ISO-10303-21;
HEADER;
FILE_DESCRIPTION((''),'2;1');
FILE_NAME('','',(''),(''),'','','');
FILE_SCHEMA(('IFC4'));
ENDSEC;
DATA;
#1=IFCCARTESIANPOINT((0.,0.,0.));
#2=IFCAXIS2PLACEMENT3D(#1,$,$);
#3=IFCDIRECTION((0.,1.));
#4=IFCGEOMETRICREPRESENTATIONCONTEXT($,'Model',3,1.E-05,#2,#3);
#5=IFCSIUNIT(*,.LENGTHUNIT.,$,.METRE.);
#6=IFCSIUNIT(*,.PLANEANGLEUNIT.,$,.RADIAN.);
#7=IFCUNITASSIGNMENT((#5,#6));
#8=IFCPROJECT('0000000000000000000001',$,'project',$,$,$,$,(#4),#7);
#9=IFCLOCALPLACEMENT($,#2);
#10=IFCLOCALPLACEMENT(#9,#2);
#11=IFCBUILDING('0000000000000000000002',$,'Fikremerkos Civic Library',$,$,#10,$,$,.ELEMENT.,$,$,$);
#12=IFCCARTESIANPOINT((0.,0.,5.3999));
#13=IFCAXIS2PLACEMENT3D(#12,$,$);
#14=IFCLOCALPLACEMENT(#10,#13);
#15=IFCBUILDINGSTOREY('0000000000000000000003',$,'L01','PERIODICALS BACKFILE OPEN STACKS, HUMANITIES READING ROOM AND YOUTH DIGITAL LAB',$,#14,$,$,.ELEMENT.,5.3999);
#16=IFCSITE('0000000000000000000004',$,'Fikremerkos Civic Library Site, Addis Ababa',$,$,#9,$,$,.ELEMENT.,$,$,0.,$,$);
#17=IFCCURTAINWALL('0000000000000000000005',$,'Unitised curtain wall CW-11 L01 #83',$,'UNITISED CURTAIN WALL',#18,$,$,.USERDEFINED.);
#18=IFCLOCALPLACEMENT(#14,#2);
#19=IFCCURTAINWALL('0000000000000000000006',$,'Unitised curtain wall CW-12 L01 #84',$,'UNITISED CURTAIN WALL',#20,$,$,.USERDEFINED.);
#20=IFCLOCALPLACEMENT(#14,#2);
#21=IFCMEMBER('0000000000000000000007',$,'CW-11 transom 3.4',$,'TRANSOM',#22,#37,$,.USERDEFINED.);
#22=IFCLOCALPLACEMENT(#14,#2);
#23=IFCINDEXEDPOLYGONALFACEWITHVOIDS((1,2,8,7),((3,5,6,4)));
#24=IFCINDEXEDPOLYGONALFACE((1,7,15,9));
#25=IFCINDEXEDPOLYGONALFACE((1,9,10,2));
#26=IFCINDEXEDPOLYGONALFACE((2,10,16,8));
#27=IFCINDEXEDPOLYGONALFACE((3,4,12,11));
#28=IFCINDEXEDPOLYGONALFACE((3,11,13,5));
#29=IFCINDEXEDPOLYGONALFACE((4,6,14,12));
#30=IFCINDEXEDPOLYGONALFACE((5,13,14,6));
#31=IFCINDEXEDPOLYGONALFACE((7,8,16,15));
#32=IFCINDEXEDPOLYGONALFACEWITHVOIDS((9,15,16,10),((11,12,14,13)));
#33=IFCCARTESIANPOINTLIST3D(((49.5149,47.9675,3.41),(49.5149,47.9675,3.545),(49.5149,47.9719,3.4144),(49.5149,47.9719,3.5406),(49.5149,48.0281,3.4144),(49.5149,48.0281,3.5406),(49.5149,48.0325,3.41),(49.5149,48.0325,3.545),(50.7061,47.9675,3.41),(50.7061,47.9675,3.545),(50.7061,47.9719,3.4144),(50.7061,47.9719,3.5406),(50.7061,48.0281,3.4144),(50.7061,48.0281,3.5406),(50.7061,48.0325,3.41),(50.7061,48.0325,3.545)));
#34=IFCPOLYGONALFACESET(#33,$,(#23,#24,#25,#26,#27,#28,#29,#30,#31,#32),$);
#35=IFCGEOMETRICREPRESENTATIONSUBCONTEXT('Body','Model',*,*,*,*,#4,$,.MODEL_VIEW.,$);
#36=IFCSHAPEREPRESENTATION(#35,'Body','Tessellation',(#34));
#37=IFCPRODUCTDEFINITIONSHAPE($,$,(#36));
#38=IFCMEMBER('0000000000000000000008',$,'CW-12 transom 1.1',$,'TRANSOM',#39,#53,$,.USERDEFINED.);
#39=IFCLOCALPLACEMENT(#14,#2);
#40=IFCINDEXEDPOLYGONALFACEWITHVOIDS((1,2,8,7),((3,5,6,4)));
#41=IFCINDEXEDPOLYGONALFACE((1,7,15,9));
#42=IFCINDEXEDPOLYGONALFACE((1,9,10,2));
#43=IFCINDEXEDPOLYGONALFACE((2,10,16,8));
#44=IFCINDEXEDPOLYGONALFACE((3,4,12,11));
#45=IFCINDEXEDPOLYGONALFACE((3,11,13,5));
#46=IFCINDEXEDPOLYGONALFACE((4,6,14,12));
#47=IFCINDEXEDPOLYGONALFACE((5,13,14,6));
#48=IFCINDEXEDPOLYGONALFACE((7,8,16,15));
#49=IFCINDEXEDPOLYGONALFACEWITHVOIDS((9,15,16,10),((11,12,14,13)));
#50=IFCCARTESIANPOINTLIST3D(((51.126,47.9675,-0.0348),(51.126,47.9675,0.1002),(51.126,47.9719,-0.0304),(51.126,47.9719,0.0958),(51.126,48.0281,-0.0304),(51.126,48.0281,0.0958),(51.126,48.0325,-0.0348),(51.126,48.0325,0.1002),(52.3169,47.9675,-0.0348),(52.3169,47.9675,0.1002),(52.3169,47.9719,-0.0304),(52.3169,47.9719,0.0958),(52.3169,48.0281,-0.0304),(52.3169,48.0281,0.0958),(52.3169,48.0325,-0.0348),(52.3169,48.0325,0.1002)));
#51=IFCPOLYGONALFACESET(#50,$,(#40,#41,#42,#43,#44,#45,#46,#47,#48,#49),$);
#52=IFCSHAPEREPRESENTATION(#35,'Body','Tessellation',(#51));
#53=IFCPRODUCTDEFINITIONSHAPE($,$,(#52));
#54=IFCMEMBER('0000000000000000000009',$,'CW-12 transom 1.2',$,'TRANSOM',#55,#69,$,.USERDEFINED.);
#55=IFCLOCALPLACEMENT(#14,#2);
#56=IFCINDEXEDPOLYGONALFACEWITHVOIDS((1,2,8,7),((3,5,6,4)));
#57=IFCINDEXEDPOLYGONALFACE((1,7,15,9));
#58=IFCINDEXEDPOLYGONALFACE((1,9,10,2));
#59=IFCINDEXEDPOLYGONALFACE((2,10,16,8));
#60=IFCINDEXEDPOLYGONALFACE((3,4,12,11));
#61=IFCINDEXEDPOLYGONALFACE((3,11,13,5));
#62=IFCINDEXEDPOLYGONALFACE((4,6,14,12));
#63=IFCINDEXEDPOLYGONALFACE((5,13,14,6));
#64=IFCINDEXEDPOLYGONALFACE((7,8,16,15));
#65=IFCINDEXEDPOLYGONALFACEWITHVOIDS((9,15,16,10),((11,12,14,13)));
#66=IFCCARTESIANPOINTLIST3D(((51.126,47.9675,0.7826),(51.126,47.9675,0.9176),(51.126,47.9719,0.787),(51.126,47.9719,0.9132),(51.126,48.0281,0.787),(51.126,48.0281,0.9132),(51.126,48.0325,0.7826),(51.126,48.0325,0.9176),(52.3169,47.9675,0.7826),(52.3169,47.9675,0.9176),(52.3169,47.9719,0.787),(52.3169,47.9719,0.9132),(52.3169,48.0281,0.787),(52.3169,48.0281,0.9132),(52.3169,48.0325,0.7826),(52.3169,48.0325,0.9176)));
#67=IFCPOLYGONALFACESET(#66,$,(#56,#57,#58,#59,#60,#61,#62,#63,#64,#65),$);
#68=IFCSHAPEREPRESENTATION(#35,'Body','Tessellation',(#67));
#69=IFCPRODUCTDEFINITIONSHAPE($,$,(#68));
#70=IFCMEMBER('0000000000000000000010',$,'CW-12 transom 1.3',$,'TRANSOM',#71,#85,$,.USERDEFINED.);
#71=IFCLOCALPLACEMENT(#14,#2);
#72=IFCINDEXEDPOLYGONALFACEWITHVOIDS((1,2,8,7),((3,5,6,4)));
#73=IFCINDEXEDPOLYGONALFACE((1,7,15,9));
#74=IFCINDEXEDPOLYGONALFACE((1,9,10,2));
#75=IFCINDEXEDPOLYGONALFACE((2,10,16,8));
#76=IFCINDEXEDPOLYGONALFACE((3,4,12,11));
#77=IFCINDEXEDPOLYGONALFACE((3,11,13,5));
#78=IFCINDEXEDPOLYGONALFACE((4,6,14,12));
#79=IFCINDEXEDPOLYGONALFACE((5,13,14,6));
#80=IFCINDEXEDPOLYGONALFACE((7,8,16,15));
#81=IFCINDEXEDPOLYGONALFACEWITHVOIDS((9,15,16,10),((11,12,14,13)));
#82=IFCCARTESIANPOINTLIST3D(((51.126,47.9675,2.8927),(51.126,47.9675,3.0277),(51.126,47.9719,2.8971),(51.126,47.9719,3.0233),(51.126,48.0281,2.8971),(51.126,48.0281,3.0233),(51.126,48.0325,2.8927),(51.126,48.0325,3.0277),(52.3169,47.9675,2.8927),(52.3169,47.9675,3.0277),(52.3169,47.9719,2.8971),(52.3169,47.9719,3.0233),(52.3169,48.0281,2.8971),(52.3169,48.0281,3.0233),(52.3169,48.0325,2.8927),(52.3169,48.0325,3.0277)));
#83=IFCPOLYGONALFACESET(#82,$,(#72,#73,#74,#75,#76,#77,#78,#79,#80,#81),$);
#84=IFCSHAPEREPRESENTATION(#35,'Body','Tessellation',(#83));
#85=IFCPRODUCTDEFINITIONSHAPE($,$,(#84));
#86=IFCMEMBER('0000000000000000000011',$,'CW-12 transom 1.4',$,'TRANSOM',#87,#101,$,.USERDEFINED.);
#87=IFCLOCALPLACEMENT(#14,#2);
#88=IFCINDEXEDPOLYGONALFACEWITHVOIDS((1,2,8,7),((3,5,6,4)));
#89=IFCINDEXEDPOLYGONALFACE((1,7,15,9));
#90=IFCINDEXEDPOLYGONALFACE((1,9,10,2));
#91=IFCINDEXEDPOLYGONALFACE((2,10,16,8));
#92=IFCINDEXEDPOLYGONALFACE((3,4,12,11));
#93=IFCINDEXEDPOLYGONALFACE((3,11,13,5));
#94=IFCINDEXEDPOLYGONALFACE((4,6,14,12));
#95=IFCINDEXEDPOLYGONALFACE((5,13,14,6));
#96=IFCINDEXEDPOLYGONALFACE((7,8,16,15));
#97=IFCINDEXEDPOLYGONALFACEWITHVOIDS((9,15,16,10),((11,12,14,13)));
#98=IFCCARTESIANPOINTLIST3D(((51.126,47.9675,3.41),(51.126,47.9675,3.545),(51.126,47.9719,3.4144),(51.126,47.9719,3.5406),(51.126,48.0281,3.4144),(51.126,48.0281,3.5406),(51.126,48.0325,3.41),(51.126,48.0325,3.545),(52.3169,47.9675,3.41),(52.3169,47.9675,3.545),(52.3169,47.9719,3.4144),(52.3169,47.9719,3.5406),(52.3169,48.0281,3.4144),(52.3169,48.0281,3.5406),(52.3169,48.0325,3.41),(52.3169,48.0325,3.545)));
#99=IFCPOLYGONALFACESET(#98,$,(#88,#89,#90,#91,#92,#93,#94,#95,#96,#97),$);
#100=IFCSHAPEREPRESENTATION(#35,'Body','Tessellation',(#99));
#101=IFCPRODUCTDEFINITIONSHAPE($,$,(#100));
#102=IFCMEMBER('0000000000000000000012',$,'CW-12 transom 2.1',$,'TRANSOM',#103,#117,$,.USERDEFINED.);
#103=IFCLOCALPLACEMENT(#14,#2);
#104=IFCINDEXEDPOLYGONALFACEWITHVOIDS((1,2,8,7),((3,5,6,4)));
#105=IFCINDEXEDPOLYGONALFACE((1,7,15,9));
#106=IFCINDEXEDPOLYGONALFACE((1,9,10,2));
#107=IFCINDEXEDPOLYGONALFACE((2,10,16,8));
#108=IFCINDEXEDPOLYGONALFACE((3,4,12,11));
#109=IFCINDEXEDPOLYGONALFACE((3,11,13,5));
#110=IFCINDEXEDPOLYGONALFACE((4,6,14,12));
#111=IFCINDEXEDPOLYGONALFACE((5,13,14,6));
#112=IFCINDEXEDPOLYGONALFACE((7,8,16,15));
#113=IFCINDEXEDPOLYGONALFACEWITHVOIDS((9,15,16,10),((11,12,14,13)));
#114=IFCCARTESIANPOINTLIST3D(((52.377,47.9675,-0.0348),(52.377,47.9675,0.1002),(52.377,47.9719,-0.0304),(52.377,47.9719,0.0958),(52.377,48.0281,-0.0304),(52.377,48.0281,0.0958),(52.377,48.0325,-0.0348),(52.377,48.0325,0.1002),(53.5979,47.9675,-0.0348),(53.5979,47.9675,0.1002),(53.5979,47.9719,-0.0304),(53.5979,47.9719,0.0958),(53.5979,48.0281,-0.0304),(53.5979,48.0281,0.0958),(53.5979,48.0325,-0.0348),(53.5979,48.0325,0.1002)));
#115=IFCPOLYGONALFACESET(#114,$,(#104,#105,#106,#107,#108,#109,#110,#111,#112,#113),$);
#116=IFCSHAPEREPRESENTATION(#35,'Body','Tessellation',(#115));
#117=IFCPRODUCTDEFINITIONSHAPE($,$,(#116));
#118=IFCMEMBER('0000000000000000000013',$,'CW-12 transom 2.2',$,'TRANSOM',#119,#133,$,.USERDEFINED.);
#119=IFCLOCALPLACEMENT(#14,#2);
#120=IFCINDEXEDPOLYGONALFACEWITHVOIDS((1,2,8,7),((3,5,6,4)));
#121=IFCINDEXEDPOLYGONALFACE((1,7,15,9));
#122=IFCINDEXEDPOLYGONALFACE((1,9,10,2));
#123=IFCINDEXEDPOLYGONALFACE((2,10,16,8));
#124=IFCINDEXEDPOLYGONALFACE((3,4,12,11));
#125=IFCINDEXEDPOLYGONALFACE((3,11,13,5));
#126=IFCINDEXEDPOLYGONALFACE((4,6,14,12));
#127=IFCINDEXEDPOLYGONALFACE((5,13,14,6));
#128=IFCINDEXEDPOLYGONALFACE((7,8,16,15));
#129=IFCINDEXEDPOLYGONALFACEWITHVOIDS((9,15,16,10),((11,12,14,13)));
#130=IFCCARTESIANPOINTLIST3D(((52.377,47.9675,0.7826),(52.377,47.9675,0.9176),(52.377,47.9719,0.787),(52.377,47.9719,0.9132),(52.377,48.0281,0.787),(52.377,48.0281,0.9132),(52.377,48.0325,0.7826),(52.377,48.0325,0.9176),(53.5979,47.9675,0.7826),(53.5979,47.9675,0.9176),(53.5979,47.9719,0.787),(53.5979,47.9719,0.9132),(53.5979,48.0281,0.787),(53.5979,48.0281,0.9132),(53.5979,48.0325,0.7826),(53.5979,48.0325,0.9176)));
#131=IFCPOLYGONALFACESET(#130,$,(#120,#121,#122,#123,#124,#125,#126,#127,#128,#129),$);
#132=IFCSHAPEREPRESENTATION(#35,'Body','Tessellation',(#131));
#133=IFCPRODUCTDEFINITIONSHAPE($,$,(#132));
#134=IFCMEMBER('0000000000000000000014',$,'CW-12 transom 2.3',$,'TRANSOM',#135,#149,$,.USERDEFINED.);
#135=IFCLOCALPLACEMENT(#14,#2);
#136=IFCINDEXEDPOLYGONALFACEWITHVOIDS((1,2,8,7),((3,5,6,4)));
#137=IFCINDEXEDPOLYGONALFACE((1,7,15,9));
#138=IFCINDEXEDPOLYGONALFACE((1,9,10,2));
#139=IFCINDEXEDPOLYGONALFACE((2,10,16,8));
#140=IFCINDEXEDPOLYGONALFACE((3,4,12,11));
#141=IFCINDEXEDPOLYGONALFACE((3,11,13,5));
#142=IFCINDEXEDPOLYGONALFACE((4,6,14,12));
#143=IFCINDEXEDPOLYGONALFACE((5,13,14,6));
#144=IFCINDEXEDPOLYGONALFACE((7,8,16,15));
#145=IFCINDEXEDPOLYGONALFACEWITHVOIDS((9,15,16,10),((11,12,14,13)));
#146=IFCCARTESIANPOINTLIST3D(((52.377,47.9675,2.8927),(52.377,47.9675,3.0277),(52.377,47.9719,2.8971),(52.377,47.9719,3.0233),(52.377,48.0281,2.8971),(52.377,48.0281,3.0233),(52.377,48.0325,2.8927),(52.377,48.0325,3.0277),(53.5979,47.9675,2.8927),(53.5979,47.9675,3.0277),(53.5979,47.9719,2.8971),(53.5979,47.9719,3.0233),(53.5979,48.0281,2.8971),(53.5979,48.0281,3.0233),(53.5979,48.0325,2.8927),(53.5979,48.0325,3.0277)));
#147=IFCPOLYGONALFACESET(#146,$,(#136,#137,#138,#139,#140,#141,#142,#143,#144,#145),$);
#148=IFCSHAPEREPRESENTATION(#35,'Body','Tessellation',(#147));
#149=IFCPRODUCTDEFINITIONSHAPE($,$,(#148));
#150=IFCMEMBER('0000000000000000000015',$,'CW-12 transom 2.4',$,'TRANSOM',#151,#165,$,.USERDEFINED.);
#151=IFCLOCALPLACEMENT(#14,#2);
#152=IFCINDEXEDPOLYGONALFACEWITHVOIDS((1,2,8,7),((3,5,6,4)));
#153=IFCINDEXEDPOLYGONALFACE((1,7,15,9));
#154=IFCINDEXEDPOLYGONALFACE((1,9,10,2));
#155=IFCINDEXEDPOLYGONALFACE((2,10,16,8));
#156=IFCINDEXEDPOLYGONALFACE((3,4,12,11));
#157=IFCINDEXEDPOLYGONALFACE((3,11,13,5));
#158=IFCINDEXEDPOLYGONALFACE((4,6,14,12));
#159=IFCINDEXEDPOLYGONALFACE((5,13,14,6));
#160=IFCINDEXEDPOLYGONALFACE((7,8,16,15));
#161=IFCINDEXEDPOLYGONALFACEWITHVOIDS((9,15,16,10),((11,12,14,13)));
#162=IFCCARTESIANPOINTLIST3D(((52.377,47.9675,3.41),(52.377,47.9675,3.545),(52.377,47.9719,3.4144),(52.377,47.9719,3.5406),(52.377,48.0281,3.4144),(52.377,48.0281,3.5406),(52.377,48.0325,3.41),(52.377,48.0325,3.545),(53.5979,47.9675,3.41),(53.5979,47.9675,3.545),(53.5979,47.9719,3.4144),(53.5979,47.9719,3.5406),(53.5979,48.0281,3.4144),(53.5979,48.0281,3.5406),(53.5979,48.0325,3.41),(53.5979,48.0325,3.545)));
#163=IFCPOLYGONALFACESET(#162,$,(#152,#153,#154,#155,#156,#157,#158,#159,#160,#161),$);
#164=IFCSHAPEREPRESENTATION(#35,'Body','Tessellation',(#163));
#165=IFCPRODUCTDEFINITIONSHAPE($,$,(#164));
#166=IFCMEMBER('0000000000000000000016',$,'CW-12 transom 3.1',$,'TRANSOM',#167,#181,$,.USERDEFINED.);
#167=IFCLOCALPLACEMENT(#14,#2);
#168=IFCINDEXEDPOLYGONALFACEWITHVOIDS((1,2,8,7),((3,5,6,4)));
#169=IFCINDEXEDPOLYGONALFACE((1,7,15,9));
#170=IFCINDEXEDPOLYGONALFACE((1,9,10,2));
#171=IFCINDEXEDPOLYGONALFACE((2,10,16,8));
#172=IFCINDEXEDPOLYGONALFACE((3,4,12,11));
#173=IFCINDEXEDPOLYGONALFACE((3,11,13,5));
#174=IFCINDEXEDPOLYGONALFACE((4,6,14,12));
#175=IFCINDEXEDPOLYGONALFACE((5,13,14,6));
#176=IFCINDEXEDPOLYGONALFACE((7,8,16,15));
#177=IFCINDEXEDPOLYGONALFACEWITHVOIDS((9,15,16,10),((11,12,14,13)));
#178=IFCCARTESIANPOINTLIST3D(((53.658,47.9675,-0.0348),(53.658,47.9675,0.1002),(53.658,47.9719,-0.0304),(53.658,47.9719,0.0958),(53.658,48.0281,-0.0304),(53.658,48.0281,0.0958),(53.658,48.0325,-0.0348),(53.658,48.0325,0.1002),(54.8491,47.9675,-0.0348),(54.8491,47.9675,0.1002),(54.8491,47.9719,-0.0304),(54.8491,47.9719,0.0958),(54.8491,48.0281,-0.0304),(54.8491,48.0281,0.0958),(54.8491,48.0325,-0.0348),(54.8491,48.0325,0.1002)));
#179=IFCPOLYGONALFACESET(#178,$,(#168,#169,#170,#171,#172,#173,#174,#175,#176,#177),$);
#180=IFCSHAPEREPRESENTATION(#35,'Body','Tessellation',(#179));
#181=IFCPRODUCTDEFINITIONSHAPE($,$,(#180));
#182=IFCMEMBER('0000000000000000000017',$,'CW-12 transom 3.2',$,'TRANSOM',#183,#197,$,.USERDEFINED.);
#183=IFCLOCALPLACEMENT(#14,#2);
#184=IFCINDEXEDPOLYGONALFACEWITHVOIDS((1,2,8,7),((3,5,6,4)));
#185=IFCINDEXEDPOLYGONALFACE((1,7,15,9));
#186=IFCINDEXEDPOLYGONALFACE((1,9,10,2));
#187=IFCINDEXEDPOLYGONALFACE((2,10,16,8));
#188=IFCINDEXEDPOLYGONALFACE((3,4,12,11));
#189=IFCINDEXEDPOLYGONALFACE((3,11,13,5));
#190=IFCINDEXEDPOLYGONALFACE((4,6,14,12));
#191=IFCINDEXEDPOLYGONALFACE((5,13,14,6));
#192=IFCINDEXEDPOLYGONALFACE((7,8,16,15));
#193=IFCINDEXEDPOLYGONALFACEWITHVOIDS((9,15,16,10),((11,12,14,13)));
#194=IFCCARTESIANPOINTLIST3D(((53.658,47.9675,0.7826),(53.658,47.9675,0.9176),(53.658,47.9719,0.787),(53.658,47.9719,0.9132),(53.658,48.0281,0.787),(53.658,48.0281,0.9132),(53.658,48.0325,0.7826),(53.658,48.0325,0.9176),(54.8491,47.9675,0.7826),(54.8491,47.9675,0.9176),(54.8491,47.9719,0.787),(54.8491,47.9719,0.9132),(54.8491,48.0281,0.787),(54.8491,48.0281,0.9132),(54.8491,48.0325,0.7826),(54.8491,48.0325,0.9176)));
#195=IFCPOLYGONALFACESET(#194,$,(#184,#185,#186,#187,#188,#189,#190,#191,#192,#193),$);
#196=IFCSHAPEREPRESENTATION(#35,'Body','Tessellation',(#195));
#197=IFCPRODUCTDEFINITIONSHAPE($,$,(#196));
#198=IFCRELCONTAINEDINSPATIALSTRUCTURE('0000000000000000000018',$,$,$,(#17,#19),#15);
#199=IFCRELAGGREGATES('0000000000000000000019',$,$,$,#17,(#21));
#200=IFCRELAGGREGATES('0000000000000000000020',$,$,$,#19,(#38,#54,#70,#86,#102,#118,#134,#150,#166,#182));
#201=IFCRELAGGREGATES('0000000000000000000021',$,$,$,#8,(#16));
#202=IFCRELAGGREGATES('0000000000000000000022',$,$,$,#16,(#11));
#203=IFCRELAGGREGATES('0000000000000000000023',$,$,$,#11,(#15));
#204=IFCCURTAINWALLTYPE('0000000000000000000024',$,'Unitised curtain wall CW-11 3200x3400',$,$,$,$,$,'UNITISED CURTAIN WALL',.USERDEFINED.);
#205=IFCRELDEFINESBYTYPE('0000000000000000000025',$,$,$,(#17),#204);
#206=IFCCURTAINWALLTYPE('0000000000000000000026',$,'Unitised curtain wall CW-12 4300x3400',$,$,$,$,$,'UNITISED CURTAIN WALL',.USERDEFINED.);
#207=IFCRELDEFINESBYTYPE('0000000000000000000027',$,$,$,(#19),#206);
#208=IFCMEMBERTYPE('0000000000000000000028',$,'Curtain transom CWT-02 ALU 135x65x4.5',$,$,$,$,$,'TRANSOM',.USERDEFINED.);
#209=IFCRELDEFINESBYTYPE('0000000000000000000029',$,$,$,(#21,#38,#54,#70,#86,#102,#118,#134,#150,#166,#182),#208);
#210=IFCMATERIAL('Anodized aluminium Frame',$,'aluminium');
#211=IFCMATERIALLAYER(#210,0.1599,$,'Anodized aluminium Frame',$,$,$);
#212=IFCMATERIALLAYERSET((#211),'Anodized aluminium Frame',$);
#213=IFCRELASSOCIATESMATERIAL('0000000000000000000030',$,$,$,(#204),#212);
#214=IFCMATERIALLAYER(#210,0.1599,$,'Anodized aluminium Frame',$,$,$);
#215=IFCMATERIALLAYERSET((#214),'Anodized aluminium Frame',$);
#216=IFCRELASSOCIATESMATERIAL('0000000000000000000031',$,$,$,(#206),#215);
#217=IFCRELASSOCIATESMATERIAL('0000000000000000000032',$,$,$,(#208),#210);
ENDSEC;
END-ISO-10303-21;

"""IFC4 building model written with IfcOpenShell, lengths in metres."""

from ifc_helpers import new_model, si_unit, direction, frame, origin, origin_2d, place, context, subcontext, project, spatial, hollow_rectangle, extrude, material, layer, layer_set, material_profile, profile_set, type_object, element, aggregate, save


model = new_model("IFC4")

# Units and contexts
model_context = context("Model", 3, precision=1e-05, world=origin(), true_north=direction((0.0, 1.0)))
body_context = subcontext(model_context, "Body", "Model", "MODEL_VIEW")
ifc_project = project(units=[si_unit("LENGTHUNIT", "METRE"), si_unit("PLANEANGLEUNIT", "RADIAN")], contexts=[model_context])

# Site, building, storey
site_placement = place(None, origin())
site = spatial("IfcSite", under=ifc_project, at=site_placement, Name="Fikremerkos Civic Library Site, Addis Ababa", CompositionType="ELEMENT", RefElevation=0.0)
building_placement = place(site_placement, origin())
building = spatial("IfcBuilding", under=site, at=building_placement, Name="Fikremerkos Civic Library", CompositionType="ELEMENT")
storey_placement = place(building_placement, frame((0.0, 0.0, 5.3999)))
storey = spatial("IfcBuildingStorey", under=building, at=storey_placement, Name="L01", Description="PERIODICALS BACKFILE OPEN STACKS, HUMANITIES READING ROOM AND YOUTH DIGITAL LAB", CompositionType="ELEMENT", Elevation=5.3999)

# Shared definitions
ifc_material_1 = material(Name="Anodized aluminium Frame", Category="aluminium")

# Curtain walls
ifc_layer_1 = layer(ifc_material_1, 0.1599, Name="Anodized aluminium Frame")
ifc_layer_set_1 = layer_set([ifc_layer_1], Name="Anodized aluminium Frame")
curtain_wall_type_1 = type_object("IfcCurtainWallType", Name="Unitised curtain wall CW-11 3200x3400", ElementType="UNITISED CURTAIN WALL", PredefinedType="USERDEFINED", material=ifc_layer_set_1)
curtain_wall_1_placement = place(storey_placement, origin())
curtain_wall_1 = element("IfcCurtainWall", 1, at=curtain_wall_1_placement, inside=storey, type_object=curtain_wall_type_1, Name="Unitised curtain wall CW-11 L01 #83", ObjectType="UNITISED CURTAIN WALL", PredefinedType="USERDEFINED")
ifc_layer_2 = layer(ifc_material_1, 0.1599, Name="Anodized aluminium Frame")
ifc_layer_set_2 = layer_set([ifc_layer_2], Name="Anodized aluminium Frame")
curtain_wall_type_2 = type_object("IfcCurtainWallType", Name="Unitised curtain wall CW-12 4300x3400", ElementType="UNITISED CURTAIN WALL", PredefinedType="USERDEFINED", material=ifc_layer_set_2)
curtain_wall_2_placement = place(storey_placement, origin())
curtain_wall_2 = element("IfcCurtainWall", 2, at=curtain_wall_2_placement, inside=storey, type_object=curtain_wall_type_2, Name="Unitised curtain wall CW-12 L01 #84", ObjectType="UNITISED CURTAIN WALL", PredefinedType="USERDEFINED")

# Members
ifc_material_profile_1 = material_profile(ifc_material_1, hollow_rectangle(XDim=0.0649, YDim=0.135, WallThickness=0.0044, at=origin_2d()), Name="ALU 135x65x4.5")
ifc_profile_set_1 = profile_set([ifc_material_profile_1], Name="Anodized aluminium Frame")
member_type_1 = type_object("IfcMemberType", Name="Curtain transom CWT-02 ALU 135x65x4.5", ElementType="TRANSOM", PredefinedType="USERDEFINED", material=ifc_profile_set_1)
member_1_placement = place(storey_placement, frame((49.5149, 48.0, 3.4775), z_axis=(1.0, 0.0, 0.0), x_axis=(0.0, 1.0, 0.0)))
member_1 = element("IfcMember", 3, at=member_1_placement, type_object=member_type_1, Name="CW-11 transom 3.4", ObjectType="TRANSOM", PredefinedType="USERDEFINED", context=body_context, shape_type="SweptSolid", body=[
    extrude(hollow_rectangle(XDim=0.0649, YDim=0.135, WallThickness=0.0044, at=origin_2d()), origin(), (0.0, 0.0, 1.0), 1.1912),
])
member_2_placement = place(storey_placement, frame((51.126, 48.0, 0.0327), z_axis=(1.0, 0.0, 0.0), x_axis=(0.0, 1.0, 0.0)))
member_2 = element("IfcMember", 4, at=member_2_placement, type_object=member_type_1, Name="CW-12 transom 1.1", ObjectType="TRANSOM", PredefinedType="USERDEFINED", context=body_context, shape_type="SweptSolid", body=[
    extrude(hollow_rectangle(XDim=0.0649, YDim=0.135, WallThickness=0.0044, at=origin_2d()), origin(), (0.0, 0.0, 1.0), 1.1909),
])
member_3_placement = place(storey_placement, frame((51.126, 48.0, 0.8501), z_axis=(1.0, 0.0, 0.0), x_axis=(0.0, 1.0, 0.0)))
member_3 = element("IfcMember", 5, at=member_3_placement, type_object=member_type_1, Name="CW-12 transom 1.2", ObjectType="TRANSOM", PredefinedType="USERDEFINED", context=body_context, shape_type="SweptSolid", body=[
    extrude(hollow_rectangle(XDim=0.0649, YDim=0.135, WallThickness=0.0044, at=origin_2d()), origin(), (0.0, 0.0, 1.0), 1.1909),
])
member_4_placement = place(storey_placement, frame((51.126, 48.0, 2.9602), z_axis=(1.0, 0.0, 0.0), x_axis=(0.0, 1.0, 0.0)))
member_4 = element("IfcMember", 6, at=member_4_placement, type_object=member_type_1, Name="CW-12 transom 1.3", ObjectType="TRANSOM", PredefinedType="USERDEFINED", context=body_context, shape_type="SweptSolid", body=[
    extrude(hollow_rectangle(XDim=0.0649, YDim=0.135, WallThickness=0.0044, at=origin_2d()), origin(), (0.0, 0.0, 1.0), 1.1909),
])
member_5_placement = place(storey_placement, frame((51.126, 48.0, 3.4775), z_axis=(1.0, 0.0, 0.0), x_axis=(0.0, 1.0, 0.0)))
member_5 = element("IfcMember", 7, at=member_5_placement, type_object=member_type_1, Name="CW-12 transom 1.4", ObjectType="TRANSOM", PredefinedType="USERDEFINED", context=body_context, shape_type="SweptSolid", body=[
    extrude(hollow_rectangle(XDim=0.0649, YDim=0.135, WallThickness=0.0044, at=origin_2d()), origin(), (0.0, 0.0, 1.0), 1.1909),
])
member_6_placement = place(storey_placement, frame((52.377, 48.0, 0.0327), z_axis=(1.0, 0.0, 0.0), x_axis=(0.0, 1.0, 0.0)))
member_6 = element("IfcMember", 8, at=member_6_placement, type_object=member_type_1, Name="CW-12 transom 2.1", ObjectType="TRANSOM", PredefinedType="USERDEFINED", context=body_context, shape_type="SweptSolid", body=[
    extrude(hollow_rectangle(XDim=0.0649, YDim=0.135, WallThickness=0.0044, at=origin_2d()), origin(), (0.0, 0.0, 1.0), 1.2209),
])
member_7_placement = place(storey_placement, frame((52.377, 48.0, 0.8501), z_axis=(1.0, 0.0, 0.0), x_axis=(0.0, 1.0, 0.0)))
member_7 = element("IfcMember", 9, at=member_7_placement, type_object=member_type_1, Name="CW-12 transom 2.2", ObjectType="TRANSOM", PredefinedType="USERDEFINED", context=body_context, shape_type="SweptSolid", body=[
    extrude(hollow_rectangle(XDim=0.0649, YDim=0.135, WallThickness=0.0044, at=origin_2d()), origin(), (0.0, 0.0, 1.0), 1.2209),
])
member_8_placement = place(storey_placement, frame((52.377, 48.0, 2.9602), z_axis=(1.0, 0.0, 0.0), x_axis=(0.0, 1.0, 0.0)))
member_8 = element("IfcMember", 10, at=member_8_placement, type_object=member_type_1, Name="CW-12 transom 2.3", ObjectType="TRANSOM", PredefinedType="USERDEFINED", context=body_context, shape_type="SweptSolid", body=[
    extrude(hollow_rectangle(XDim=0.0649, YDim=0.135, WallThickness=0.0044, at=origin_2d()), origin(), (0.0, 0.0, 1.0), 1.2209),
])
member_9_placement = place(storey_placement, frame((52.377, 48.0, 3.4775), z_axis=(1.0, 0.0, 0.0), x_axis=(0.0, 1.0, 0.0)))
member_9 = element("IfcMember", 11, at=member_9_placement, type_object=member_type_1, Name="CW-12 transom 2.4", ObjectType="TRANSOM", PredefinedType="USERDEFINED", context=body_context, shape_type="SweptSolid", body=[
    extrude(hollow_rectangle(XDim=0.0649, YDim=0.135, WallThickness=0.0044, at=origin_2d()), origin(), (0.0, 0.0, 1.0), 1.2209),
])
member_10_placement = place(storey_placement, frame((53.658, 48.0, 0.0327), z_axis=(1.0, 0.0, 0.0), x_axis=(0.0, 1.0, 0.0)))
member_10 = element("IfcMember", 12, at=member_10_placement, type_object=member_type_1, Name="CW-12 transom 3.1", ObjectType="TRANSOM", PredefinedType="USERDEFINED", context=body_context, shape_type="SweptSolid", body=[
    extrude(hollow_rectangle(XDim=0.0649, YDim=0.135, WallThickness=0.0044, at=origin_2d()), origin(), (0.0, 0.0, 1.0), 1.1912),
])
member_11_placement = place(storey_placement, frame((53.658, 48.0, 0.8501), z_axis=(1.0, 0.0, 0.0), x_axis=(0.0, 1.0, 0.0)))
member_11 = element("IfcMember", 13, at=member_11_placement, type_object=member_type_1, Name="CW-12 transom 3.2", ObjectType="TRANSOM", PredefinedType="USERDEFINED", context=body_context, shape_type="SweptSolid", body=[
    extrude(hollow_rectangle(XDim=0.0649, YDim=0.135, WallThickness=0.0044, at=origin_2d()), origin(), (0.0, 0.0, 1.0), 1.1912),
])

aggregate(curtain_wall_1, [member_1])
aggregate(curtain_wall_2, [member_2, member_3, member_4, member_5, member_6, member_7, member_8, member_9, member_10, member_11])

save(model, "model.ifc")
